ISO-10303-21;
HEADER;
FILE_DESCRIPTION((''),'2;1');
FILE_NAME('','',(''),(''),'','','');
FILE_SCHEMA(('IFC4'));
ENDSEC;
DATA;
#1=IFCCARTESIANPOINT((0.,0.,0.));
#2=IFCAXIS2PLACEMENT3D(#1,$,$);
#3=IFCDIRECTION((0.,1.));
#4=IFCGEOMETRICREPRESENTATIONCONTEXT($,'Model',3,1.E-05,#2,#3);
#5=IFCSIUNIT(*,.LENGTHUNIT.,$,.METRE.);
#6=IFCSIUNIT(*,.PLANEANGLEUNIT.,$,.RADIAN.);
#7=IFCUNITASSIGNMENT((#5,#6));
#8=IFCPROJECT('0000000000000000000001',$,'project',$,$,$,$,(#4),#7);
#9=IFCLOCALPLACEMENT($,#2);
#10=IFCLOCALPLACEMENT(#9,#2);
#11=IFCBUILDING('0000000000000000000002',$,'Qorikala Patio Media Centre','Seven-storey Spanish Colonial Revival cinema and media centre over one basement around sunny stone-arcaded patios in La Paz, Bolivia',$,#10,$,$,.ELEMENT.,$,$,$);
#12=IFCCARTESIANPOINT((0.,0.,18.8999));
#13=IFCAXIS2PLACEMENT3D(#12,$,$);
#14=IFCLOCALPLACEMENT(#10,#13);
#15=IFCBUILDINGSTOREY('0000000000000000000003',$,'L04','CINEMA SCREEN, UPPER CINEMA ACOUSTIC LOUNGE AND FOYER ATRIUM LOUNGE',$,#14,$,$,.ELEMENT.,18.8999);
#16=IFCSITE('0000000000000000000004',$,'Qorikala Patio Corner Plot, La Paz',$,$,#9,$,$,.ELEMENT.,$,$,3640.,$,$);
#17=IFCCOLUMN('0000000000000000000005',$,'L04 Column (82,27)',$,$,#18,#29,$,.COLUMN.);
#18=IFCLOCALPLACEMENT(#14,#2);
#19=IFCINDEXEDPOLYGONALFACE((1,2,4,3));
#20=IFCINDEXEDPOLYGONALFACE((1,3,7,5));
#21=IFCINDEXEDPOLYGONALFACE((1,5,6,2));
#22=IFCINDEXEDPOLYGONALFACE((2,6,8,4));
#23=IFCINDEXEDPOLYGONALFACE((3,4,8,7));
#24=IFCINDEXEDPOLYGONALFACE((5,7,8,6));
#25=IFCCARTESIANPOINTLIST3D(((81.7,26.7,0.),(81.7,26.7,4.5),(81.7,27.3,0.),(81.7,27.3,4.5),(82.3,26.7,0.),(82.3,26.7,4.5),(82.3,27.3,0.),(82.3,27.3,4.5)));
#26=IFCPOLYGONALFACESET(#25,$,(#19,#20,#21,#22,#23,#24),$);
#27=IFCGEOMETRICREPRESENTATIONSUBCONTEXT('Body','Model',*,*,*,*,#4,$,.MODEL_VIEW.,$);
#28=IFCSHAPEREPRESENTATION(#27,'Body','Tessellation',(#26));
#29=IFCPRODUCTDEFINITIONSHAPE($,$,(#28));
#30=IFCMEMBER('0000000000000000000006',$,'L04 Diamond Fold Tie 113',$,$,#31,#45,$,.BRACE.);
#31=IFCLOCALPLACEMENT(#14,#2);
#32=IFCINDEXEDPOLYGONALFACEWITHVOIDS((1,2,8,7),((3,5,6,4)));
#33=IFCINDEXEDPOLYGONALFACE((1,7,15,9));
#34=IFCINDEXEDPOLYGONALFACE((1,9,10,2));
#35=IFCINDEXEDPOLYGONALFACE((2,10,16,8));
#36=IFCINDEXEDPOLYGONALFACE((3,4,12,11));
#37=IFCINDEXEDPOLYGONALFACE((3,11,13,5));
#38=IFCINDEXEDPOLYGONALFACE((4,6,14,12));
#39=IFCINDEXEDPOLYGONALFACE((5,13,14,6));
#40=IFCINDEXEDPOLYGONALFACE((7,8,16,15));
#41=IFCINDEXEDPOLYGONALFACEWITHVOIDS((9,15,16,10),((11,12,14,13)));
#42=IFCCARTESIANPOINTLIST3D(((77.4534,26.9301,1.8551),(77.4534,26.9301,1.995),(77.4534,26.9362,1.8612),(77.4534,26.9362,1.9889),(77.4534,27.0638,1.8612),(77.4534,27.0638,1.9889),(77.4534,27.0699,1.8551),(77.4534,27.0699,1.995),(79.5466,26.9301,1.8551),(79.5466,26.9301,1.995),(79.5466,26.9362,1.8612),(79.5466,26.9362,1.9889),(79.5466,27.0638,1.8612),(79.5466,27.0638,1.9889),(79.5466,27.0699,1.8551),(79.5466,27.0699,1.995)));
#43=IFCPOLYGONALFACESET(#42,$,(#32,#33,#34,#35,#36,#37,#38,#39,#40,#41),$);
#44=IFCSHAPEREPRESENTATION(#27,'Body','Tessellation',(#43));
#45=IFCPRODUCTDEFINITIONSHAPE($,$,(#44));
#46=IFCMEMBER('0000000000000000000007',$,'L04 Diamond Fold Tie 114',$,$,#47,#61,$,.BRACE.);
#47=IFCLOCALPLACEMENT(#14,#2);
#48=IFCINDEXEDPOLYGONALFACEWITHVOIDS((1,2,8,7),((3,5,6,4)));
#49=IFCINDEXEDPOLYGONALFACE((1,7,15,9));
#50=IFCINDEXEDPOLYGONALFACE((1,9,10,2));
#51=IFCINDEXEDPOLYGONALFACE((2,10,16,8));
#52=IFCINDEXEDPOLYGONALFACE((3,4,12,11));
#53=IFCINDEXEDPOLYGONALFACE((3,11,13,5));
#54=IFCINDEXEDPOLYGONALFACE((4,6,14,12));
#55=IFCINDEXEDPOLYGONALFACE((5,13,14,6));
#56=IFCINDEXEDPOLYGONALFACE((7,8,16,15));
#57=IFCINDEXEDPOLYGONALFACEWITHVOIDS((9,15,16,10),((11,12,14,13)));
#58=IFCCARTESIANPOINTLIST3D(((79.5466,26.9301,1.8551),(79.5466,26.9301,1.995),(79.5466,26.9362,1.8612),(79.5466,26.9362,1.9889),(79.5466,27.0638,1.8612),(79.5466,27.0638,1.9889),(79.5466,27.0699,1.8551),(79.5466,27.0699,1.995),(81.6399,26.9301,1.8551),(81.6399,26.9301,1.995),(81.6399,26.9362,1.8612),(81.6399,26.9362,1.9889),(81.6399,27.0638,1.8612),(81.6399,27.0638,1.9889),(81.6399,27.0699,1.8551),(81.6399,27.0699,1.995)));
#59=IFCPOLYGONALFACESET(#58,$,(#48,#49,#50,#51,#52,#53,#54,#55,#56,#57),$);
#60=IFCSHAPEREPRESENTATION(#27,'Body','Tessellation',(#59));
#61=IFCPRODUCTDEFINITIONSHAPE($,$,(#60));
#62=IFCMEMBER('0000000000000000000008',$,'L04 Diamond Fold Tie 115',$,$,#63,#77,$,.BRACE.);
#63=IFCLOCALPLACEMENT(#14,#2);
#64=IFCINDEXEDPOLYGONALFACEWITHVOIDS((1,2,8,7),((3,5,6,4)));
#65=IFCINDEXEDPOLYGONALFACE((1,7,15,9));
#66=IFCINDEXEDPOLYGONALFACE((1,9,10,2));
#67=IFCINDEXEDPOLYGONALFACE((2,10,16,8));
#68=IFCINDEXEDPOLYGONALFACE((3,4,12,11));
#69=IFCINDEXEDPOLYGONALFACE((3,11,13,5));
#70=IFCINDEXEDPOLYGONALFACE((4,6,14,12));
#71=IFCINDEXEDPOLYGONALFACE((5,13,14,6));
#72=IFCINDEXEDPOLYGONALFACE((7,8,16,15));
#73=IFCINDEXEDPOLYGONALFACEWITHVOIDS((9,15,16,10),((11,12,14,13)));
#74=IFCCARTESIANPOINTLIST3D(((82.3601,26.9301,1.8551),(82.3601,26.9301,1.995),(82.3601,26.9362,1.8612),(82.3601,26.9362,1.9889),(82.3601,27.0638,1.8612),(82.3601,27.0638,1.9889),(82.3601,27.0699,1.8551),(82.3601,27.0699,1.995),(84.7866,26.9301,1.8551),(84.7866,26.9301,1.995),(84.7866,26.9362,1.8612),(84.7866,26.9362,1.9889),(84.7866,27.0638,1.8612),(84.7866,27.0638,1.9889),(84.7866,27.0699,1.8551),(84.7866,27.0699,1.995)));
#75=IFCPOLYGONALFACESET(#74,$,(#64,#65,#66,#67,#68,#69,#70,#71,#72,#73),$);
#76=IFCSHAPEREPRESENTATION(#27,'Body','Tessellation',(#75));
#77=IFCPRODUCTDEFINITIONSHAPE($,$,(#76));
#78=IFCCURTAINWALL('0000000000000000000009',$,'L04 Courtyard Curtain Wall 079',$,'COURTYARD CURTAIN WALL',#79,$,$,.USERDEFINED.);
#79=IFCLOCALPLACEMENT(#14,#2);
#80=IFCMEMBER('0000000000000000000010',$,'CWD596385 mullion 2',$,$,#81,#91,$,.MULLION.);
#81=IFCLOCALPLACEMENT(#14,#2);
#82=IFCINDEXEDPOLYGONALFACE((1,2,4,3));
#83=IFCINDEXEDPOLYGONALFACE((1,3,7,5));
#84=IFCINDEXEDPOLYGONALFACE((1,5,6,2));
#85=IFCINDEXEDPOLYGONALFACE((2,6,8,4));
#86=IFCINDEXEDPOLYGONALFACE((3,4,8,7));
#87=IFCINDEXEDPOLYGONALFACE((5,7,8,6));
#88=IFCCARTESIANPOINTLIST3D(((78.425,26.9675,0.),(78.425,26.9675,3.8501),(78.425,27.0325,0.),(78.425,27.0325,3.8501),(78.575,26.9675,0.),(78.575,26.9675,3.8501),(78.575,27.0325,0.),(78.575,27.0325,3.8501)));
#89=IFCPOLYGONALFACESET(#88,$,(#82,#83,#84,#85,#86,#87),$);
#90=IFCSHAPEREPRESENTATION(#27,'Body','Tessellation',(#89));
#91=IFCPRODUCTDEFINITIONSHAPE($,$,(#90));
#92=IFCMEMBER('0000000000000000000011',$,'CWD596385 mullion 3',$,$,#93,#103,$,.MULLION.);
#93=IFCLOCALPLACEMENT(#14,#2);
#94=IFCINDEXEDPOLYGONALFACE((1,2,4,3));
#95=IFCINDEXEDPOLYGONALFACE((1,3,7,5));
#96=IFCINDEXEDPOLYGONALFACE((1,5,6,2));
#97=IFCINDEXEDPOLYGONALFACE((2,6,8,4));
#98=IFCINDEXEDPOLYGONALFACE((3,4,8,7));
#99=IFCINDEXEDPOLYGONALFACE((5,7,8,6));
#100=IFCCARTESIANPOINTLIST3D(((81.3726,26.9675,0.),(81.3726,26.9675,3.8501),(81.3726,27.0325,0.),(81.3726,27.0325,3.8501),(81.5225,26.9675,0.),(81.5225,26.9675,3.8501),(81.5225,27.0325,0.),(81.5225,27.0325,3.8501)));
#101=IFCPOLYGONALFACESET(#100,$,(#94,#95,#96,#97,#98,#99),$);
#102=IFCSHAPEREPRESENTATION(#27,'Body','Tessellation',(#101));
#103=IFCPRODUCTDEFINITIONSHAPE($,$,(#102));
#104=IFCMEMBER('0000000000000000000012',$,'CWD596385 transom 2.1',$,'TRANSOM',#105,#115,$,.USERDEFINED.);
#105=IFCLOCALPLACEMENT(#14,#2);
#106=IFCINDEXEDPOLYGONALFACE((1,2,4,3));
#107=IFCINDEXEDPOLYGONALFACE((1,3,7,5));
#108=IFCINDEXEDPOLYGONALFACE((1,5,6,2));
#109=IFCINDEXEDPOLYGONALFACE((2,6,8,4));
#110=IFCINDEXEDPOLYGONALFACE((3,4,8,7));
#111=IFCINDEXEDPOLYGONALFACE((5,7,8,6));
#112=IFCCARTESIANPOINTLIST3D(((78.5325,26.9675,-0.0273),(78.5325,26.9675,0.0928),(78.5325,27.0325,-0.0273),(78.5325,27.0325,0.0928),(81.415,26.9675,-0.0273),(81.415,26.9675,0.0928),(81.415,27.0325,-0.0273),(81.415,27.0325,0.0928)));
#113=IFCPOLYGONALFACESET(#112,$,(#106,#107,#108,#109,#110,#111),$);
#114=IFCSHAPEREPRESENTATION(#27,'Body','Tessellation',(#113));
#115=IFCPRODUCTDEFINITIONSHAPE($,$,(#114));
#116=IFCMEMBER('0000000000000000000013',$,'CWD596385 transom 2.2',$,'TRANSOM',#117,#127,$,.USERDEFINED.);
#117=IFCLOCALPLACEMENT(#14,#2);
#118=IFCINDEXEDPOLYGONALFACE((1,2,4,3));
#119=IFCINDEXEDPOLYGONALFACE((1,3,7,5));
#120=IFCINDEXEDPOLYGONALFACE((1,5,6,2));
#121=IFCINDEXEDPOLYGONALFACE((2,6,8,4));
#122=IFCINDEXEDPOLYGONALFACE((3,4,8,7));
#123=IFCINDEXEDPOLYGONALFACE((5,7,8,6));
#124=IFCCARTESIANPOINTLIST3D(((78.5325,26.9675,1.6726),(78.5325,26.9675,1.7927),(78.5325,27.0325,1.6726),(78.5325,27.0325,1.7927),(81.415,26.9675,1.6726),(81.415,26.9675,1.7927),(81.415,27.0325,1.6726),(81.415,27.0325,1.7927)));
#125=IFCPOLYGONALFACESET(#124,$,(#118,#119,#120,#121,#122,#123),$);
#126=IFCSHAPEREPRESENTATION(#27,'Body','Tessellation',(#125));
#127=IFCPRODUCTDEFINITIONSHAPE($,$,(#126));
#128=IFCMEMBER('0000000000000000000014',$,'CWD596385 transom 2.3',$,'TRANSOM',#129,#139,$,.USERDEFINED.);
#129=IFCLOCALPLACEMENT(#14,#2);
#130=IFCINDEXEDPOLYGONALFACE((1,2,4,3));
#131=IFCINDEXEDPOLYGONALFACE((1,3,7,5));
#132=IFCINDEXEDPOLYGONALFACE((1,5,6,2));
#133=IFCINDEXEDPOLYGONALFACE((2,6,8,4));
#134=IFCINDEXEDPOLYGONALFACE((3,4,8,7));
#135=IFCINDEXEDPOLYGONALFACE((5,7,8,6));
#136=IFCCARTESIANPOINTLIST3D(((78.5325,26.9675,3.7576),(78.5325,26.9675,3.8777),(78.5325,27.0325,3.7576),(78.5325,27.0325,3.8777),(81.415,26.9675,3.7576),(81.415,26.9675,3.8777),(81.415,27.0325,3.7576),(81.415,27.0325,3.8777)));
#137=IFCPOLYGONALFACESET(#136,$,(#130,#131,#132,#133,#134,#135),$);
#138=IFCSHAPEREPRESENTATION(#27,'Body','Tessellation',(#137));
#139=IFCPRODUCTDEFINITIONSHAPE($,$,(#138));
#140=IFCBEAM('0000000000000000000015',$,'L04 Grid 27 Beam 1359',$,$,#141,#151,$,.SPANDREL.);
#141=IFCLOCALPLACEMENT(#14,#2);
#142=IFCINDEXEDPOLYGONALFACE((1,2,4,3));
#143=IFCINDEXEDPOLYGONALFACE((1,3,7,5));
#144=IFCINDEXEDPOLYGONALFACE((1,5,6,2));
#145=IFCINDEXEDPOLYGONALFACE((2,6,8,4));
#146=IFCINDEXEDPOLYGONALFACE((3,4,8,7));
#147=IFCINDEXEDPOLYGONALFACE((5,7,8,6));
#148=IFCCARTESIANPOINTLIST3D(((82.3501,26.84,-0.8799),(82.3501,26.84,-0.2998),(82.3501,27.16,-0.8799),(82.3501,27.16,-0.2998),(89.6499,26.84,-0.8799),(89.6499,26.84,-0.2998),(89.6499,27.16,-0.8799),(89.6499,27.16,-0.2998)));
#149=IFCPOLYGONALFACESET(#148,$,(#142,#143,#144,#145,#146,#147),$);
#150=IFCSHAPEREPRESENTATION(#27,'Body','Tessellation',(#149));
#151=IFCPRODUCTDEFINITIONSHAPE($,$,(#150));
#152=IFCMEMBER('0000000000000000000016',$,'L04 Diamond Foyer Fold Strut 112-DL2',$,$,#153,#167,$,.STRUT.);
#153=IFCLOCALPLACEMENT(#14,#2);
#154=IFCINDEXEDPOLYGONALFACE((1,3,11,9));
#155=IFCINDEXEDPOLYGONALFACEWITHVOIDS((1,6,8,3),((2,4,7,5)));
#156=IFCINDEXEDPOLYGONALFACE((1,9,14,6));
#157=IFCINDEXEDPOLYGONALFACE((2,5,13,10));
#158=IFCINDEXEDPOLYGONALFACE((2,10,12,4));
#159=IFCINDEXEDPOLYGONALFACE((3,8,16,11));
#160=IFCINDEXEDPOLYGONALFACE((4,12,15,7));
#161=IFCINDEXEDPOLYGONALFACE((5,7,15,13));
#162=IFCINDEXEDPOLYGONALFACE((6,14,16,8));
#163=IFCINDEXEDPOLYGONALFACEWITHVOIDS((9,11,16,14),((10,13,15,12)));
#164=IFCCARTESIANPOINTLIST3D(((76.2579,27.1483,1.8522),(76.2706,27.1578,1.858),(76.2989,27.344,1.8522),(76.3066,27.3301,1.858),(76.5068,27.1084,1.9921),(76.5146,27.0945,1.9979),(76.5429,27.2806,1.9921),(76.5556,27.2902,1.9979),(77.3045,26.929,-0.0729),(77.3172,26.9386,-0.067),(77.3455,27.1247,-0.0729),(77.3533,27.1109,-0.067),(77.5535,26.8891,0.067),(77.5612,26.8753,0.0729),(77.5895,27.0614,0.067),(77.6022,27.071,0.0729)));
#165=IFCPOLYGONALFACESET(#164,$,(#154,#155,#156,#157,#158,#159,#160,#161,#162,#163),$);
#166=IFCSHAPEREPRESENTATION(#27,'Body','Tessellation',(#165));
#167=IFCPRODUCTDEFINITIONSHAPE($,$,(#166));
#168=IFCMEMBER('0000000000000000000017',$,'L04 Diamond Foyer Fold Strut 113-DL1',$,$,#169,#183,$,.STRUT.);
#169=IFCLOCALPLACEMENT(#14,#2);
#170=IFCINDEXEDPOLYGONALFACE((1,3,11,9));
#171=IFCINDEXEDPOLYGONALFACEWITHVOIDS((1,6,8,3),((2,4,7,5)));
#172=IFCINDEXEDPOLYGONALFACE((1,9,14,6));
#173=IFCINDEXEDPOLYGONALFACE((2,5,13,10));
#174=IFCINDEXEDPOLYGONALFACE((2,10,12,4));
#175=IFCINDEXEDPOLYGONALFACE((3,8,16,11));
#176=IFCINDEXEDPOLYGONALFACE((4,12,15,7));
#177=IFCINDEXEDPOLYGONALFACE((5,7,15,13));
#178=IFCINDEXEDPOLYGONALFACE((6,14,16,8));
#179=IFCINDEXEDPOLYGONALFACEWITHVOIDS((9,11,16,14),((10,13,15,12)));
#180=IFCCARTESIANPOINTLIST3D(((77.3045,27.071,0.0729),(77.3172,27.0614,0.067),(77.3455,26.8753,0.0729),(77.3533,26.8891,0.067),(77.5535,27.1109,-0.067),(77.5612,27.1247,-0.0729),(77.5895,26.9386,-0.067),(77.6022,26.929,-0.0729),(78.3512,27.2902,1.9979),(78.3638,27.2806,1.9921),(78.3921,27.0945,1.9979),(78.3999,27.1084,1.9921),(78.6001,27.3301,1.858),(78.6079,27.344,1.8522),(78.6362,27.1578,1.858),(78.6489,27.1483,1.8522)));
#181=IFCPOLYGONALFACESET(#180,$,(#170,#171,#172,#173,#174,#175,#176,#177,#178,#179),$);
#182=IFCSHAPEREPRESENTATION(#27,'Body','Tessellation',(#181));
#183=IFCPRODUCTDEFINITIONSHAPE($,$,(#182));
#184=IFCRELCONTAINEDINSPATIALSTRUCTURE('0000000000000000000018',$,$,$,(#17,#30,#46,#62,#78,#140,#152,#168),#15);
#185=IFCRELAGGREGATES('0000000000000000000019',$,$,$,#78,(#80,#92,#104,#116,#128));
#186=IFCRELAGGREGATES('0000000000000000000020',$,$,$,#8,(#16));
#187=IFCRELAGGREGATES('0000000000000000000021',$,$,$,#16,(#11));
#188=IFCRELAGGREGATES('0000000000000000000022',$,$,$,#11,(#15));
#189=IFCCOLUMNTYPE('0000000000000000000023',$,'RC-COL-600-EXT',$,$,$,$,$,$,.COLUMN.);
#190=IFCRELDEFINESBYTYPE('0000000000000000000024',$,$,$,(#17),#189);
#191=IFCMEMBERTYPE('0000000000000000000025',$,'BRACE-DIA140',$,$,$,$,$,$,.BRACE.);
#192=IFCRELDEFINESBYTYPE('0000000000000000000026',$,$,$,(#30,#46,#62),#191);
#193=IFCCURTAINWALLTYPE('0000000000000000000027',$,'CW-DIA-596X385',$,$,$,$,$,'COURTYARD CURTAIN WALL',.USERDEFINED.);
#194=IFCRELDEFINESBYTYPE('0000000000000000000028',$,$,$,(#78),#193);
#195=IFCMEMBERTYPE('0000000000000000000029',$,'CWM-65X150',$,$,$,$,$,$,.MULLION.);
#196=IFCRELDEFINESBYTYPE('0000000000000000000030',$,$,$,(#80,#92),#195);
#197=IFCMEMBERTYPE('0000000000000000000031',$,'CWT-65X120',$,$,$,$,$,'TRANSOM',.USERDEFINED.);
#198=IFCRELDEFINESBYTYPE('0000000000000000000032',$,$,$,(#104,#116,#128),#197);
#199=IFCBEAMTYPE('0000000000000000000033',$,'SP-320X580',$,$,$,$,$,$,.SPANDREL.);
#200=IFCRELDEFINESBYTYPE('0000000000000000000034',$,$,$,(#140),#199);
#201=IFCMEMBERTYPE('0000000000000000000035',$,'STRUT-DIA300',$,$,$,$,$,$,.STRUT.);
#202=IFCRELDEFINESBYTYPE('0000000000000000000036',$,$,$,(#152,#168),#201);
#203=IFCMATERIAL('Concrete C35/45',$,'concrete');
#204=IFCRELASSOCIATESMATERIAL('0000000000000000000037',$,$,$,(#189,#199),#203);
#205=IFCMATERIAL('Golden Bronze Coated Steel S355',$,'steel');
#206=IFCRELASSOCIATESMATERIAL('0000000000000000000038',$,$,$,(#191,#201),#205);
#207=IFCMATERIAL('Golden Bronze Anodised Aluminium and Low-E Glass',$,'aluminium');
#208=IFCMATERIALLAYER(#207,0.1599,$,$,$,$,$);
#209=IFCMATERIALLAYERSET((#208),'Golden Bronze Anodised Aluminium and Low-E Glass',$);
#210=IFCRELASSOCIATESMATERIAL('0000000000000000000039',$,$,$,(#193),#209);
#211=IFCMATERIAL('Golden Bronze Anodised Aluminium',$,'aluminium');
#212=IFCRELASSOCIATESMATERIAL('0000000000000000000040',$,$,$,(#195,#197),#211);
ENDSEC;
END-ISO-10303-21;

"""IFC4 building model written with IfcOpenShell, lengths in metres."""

from ifc_helpers import new_model, si_unit, direction, frame, origin, origin_2d, place, context, subcontext, project, spatial, rectangle, hollow_rectangle, extrude, material, layer, layer_set, material_profile, profile_set, type_object, element, aggregate, save


model = new_model("IFC4")

# Units and contexts
model_context = context("Model", 3, precision=1e-05, world=origin(), true_north=direction((0.0, 1.0)))
body_context = subcontext(model_context, "Body", "Model", "MODEL_VIEW")
ifc_project = project(units=[si_unit("LENGTHUNIT", "METRE"), si_unit("PLANEANGLEUNIT", "RADIAN")], contexts=[model_context])

# Site, building, storey
site_placement = place(None, origin())
site = spatial("IfcSite", under=ifc_project, at=site_placement, Name="Qorikala Patio Corner Plot, La Paz", CompositionType="ELEMENT", RefElevation=3640.0)
building_placement = place(site_placement, origin())
building = spatial("IfcBuilding", under=site, at=building_placement, Name="Qorikala Patio Media Centre", Description="Seven-storey Spanish Colonial Revival cinema and media centre over one basement around sunny stone-arcaded patios in La Paz, Bolivia", CompositionType="ELEMENT")
storey_placement = place(building_placement, frame((0.0, 0.0, 18.8999)))
storey = spatial("IfcBuildingStorey", under=building, at=storey_placement, Name="L04", Description="CINEMA SCREEN, UPPER CINEMA ACOUSTIC LOUNGE AND FOYER ATRIUM LOUNGE", CompositionType="ELEMENT", Elevation=18.8999)

# Column
ifc_material_1 = material(Name="Concrete C35/45", Category="concrete")
ifc_material_profile_1 = material_profile(ifc_material_1, rectangle(XDim=0.6001, YDim=0.6001, at=origin_2d()), Name="RC 600x600")
ifc_profile_set_1 = profile_set([ifc_material_profile_1], Name="Concrete C35/45")
column_type = type_object("IfcColumnType", Name="RC-COL-600-EXT", PredefinedType="COLUMN", material=ifc_profile_set_1)
column_placement = place(storey_placement, frame((82.0, 27.0, 0.0), z_axis=(0.0, 0.0, 1.0), x_axis=(1.0, 0.0, 0.0)))
element("IfcColumn", 1, at=column_placement, inside=storey, type_object=column_type, Name="L04 Column (82,27)", PredefinedType="COLUMN", context=body_context, shape_type="SweptSolid", body=[
    extrude(rectangle(XDim=0.6001, YDim=0.6001, at=origin_2d()), origin(), (0.0, 0.0, 1.0), 4.5),
])

# Members
ifc_material_2 = material(Name="Golden Bronze Coated Steel S355", Category="steel")
ifc_material_profile_2 = material_profile(ifc_material_2, hollow_rectangle(XDim=0.1399, YDim=0.1399, WallThickness=0.0061, at=origin_2d()), Name="HSS140X140X6")
ifc_profile_set_2 = profile_set([ifc_material_profile_2], Name="Golden Bronze Coated Steel S355")
member_type_1 = type_object("IfcMemberType", Name="BRACE-DIA140", PredefinedType="BRACE", material=ifc_profile_set_2)
for number, where, z_axis, x_axis, name in (
    (2, (77.4534, 27.0, 1.925), (1.0, 0.0, 0.0), (0.0, 1.0, 0.0), "L04 Diamond Fold Tie 113"),
    (3, (79.5466, 27.0, 1.925), (1.0, 0.0, 0.0), (0.0, 1.0, 0.0), "L04 Diamond Fold Tie 114"),
):
    element("IfcMember", number, at=place(storey_placement, frame(where, z_axis=z_axis, x_axis=x_axis)), inside=storey, type_object=member_type_1, Name=name, PredefinedType="BRACE", context=body_context, shape_type="SweptSolid", body=[
        extrude(hollow_rectangle(XDim=0.1399, YDim=0.1399, WallThickness=0.0061, at=origin_2d()), origin(), (0.0, 0.0, 1.0), 2.0933),
    ])
member_1_placement = place(storey_placement, frame((82.3601, 27.0, 1.925), z_axis=(1.0, 0.0, 0.0), x_axis=(0.0, 1.0, 0.0)))
element("IfcMember", 4, at=member_1_placement, inside=storey, type_object=member_type_1, Name="L04 Diamond Fold Tie 115", PredefinedType="BRACE", context=body_context, shape_type="SweptSolid", body=[
    extrude(hollow_rectangle(XDim=0.1399, YDim=0.1399, WallThickness=0.0061, at=origin_2d()), origin(), (0.0, 0.0, 1.0), 2.4265),
])

# Curtain wall, members
ifc_material_3 = material(Name="Golden Bronze Anodised Aluminium and Low-E Glass", Category="aluminium")
ifc_layer_1 = layer(ifc_material_3, 0.1599)
ifc_layer_set_1 = layer_set([ifc_layer_1], Name="Golden Bronze Anodised Aluminium and Low-E Glass")
curtain_wall_type = type_object("IfcCurtainWallType", Name="CW-DIA-596X385", ElementType="COURTYARD CURTAIN WALL", PredefinedType="USERDEFINED", material=ifc_layer_set_1)
curtain_wall_placement = place(storey_placement, origin())
curtain_wall = element("IfcCurtainWall", 5, at=curtain_wall_placement, inside=storey, type_object=curtain_wall_type, Name="L04 Courtyard Curtain Wall 079", ObjectType="COURTYARD CURTAIN WALL", PredefinedType="USERDEFINED")
ifc_material_4 = material(Name="Golden Bronze Anodised Aluminium", Category="aluminium")
ifc_material_profile_3 = material_profile(ifc_material_4, rectangle(XDim=0.0649, YDim=0.1499, at=origin_2d()), Name="ALU MULLION 65x150")
ifc_profile_set_3 = profile_set([ifc_material_profile_3], Name="Golden Bronze Anodised Aluminium")
member_type_2 = type_object("IfcMemberType", Name="CWM-65X150", PredefinedType="MULLION", material=ifc_profile_set_3)
member_2_placement = place(storey_placement, frame((78.5, 27.0, 0.0), z_axis=(0.0, 0.0, 1.0), x_axis=(0.0, 1.0, 0.0)))
member_2 = element("IfcMember", 6, at=member_2_placement, type_object=member_type_2, Name="CWD596385 mullion 2", PredefinedType="MULLION", context=body_context, shape_type="SweptSolid", body=[
    extrude(rectangle(XDim=0.0649, YDim=0.1499, at=origin_2d()), origin(), (0.0, 0.0, 1.0), 3.8501),
])
member_3_placement = place(storey_placement, frame((81.4475, 27.0, 0.0), z_axis=(0.0, 0.0, 1.0), x_axis=(0.0, 1.0, 0.0)))
member_3 = element("IfcMember", 7, at=member_3_placement, type_object=member_type_2, Name="CWD596385 mullion 3", PredefinedType="MULLION", context=body_context, shape_type="SweptSolid", body=[
    extrude(rectangle(XDim=0.0649, YDim=0.1499, at=origin_2d()), origin(), (0.0, 0.0, 1.0), 3.8501),
])
ifc_material_profile_4 = material_profile(ifc_material_4, rectangle(XDim=0.0649, YDim=0.1201, at=origin_2d()), Name="ALU TRANSOM 65x120")
ifc_profile_set_4 = profile_set([ifc_material_profile_4], Name="Golden Bronze Anodised Aluminium")
member_type_3 = type_object("IfcMemberType", Name="CWT-65X120", ElementType="TRANSOM", PredefinedType="USERDEFINED", material=ifc_profile_set_4)
member_4_placement = place(storey_placement, frame((78.5325, 27.0, 0.0327), z_axis=(1.0, 0.0, 0.0), x_axis=(0.0, 1.0, 0.0)))
member_4 = element("IfcMember", 8, at=member_4_placement, type_object=member_type_3, Name="CWD596385 transom 2.1", ObjectType="TRANSOM", PredefinedType="USERDEFINED", context=body_context, shape_type="SweptSolid", body=[
    extrude(rectangle(XDim=0.0649, YDim=0.1201, at=origin_2d()), origin(), (0.0, 0.0, 1.0), 2.8826),
])
member_5_placement = place(storey_placement, frame((78.5325, 27.0, 1.7327), z_axis=(1.0, 0.0, 0.0), x_axis=(0.0, 1.0, 0.0)))
member_5 = element("IfcMember", 9, at=member_5_placement, type_object=member_type_3, Name="CWD596385 transom 2.2", ObjectType="TRANSOM", PredefinedType="USERDEFINED", context=body_context, shape_type="SweptSolid", body=[
    extrude(rectangle(XDim=0.0649, YDim=0.1201, at=origin_2d()), origin(), (0.0, 0.0, 1.0), 2.8826),
])
member_6_placement = place(storey_placement, frame((78.5325, 27.0, 3.8176), z_axis=(1.0, 0.0, 0.0), x_axis=(0.0, 1.0, 0.0)))
member_6 = element("IfcMember", 10, at=member_6_placement, type_object=member_type_3, Name="CWD596385 transom 2.3", ObjectType="TRANSOM", PredefinedType="USERDEFINED", context=body_context, shape_type="SweptSolid", body=[
    extrude(rectangle(XDim=0.0649, YDim=0.1201, at=origin_2d()), origin(), (0.0, 0.0, 1.0), 2.8826),
])

# Beam
ifc_material_profile_5 = material_profile(ifc_material_1, rectangle(XDim=0.3201, YDim=0.5801, at=origin_2d()), Name="RC 320x580")
ifc_profile_set_5 = profile_set([ifc_material_profile_5], Name="Concrete C35/45")
beam_type = type_object("IfcBeamType", Name="SP-320X580", PredefinedType="SPANDREL", material=ifc_profile_set_5)
beam_placement = place(storey_placement, frame((82.3501, 27.0, -0.5898), z_axis=(1.0, 0.0, 0.0), x_axis=(0.0, 1.0, 0.0)))
element("IfcBeam", 11, at=beam_placement, inside=storey, type_object=beam_type, Name="L04 Grid 27 Beam 1359", PredefinedType="SPANDREL", context=body_context, shape_type="SweptSolid", body=[
    extrude(rectangle(XDim=0.3201, YDim=0.5801, at=origin_2d()), origin(), (0.0, 0.0, 1.0), 7.2998),
])

# Members
ifc_material_profile_6 = material_profile(ifc_material_2, hollow_rectangle(XDim=0.2, YDim=0.3, WallThickness=0.012, at=origin_2d()), Name="HSS300X200X12")
ifc_profile_set_6 = profile_set([ifc_material_profile_6], Name="Golden Bronze Coated Steel S355")
member_type_4 = type_object("IfcMemberType", Name="STRUT-DIA300", PredefinedType="STRUT", material=ifc_profile_set_6)
for number, where, z_axis, x_axis, name in (
    (12, (77.4534, 27.0, 0.0), (-0.475284, 0.099558, 0.874181), (-0.205021, -0.978758, 0.0), "L04 Diamond Foyer Fold Strut 112-DL2"),
    (13, (77.4534, 27.0, 0.0), (0.475284, 0.099558, 0.874181), (-0.205021, 0.978758, 0.0), "L04 Diamond Foyer Fold Strut 113-DL1"),
):
    element("IfcMember", number, at=place(storey_placement, frame(where, z_axis=z_axis, x_axis=x_axis)), inside=storey, type_object=member_type_4, Name=name, PredefinedType="STRUT", context=body_context, shape_type="SweptSolid", body=[
        extrude(hollow_rectangle(XDim=0.2, YDim=0.3, WallThickness=0.012, at=origin_2d()), origin(), (0.0, 0.0, 1.0), 2.2021),
    ])

aggregate(curtain_wall, [member_2, member_3, member_4, member_5, member_6])

save(model, "model.ifc")
